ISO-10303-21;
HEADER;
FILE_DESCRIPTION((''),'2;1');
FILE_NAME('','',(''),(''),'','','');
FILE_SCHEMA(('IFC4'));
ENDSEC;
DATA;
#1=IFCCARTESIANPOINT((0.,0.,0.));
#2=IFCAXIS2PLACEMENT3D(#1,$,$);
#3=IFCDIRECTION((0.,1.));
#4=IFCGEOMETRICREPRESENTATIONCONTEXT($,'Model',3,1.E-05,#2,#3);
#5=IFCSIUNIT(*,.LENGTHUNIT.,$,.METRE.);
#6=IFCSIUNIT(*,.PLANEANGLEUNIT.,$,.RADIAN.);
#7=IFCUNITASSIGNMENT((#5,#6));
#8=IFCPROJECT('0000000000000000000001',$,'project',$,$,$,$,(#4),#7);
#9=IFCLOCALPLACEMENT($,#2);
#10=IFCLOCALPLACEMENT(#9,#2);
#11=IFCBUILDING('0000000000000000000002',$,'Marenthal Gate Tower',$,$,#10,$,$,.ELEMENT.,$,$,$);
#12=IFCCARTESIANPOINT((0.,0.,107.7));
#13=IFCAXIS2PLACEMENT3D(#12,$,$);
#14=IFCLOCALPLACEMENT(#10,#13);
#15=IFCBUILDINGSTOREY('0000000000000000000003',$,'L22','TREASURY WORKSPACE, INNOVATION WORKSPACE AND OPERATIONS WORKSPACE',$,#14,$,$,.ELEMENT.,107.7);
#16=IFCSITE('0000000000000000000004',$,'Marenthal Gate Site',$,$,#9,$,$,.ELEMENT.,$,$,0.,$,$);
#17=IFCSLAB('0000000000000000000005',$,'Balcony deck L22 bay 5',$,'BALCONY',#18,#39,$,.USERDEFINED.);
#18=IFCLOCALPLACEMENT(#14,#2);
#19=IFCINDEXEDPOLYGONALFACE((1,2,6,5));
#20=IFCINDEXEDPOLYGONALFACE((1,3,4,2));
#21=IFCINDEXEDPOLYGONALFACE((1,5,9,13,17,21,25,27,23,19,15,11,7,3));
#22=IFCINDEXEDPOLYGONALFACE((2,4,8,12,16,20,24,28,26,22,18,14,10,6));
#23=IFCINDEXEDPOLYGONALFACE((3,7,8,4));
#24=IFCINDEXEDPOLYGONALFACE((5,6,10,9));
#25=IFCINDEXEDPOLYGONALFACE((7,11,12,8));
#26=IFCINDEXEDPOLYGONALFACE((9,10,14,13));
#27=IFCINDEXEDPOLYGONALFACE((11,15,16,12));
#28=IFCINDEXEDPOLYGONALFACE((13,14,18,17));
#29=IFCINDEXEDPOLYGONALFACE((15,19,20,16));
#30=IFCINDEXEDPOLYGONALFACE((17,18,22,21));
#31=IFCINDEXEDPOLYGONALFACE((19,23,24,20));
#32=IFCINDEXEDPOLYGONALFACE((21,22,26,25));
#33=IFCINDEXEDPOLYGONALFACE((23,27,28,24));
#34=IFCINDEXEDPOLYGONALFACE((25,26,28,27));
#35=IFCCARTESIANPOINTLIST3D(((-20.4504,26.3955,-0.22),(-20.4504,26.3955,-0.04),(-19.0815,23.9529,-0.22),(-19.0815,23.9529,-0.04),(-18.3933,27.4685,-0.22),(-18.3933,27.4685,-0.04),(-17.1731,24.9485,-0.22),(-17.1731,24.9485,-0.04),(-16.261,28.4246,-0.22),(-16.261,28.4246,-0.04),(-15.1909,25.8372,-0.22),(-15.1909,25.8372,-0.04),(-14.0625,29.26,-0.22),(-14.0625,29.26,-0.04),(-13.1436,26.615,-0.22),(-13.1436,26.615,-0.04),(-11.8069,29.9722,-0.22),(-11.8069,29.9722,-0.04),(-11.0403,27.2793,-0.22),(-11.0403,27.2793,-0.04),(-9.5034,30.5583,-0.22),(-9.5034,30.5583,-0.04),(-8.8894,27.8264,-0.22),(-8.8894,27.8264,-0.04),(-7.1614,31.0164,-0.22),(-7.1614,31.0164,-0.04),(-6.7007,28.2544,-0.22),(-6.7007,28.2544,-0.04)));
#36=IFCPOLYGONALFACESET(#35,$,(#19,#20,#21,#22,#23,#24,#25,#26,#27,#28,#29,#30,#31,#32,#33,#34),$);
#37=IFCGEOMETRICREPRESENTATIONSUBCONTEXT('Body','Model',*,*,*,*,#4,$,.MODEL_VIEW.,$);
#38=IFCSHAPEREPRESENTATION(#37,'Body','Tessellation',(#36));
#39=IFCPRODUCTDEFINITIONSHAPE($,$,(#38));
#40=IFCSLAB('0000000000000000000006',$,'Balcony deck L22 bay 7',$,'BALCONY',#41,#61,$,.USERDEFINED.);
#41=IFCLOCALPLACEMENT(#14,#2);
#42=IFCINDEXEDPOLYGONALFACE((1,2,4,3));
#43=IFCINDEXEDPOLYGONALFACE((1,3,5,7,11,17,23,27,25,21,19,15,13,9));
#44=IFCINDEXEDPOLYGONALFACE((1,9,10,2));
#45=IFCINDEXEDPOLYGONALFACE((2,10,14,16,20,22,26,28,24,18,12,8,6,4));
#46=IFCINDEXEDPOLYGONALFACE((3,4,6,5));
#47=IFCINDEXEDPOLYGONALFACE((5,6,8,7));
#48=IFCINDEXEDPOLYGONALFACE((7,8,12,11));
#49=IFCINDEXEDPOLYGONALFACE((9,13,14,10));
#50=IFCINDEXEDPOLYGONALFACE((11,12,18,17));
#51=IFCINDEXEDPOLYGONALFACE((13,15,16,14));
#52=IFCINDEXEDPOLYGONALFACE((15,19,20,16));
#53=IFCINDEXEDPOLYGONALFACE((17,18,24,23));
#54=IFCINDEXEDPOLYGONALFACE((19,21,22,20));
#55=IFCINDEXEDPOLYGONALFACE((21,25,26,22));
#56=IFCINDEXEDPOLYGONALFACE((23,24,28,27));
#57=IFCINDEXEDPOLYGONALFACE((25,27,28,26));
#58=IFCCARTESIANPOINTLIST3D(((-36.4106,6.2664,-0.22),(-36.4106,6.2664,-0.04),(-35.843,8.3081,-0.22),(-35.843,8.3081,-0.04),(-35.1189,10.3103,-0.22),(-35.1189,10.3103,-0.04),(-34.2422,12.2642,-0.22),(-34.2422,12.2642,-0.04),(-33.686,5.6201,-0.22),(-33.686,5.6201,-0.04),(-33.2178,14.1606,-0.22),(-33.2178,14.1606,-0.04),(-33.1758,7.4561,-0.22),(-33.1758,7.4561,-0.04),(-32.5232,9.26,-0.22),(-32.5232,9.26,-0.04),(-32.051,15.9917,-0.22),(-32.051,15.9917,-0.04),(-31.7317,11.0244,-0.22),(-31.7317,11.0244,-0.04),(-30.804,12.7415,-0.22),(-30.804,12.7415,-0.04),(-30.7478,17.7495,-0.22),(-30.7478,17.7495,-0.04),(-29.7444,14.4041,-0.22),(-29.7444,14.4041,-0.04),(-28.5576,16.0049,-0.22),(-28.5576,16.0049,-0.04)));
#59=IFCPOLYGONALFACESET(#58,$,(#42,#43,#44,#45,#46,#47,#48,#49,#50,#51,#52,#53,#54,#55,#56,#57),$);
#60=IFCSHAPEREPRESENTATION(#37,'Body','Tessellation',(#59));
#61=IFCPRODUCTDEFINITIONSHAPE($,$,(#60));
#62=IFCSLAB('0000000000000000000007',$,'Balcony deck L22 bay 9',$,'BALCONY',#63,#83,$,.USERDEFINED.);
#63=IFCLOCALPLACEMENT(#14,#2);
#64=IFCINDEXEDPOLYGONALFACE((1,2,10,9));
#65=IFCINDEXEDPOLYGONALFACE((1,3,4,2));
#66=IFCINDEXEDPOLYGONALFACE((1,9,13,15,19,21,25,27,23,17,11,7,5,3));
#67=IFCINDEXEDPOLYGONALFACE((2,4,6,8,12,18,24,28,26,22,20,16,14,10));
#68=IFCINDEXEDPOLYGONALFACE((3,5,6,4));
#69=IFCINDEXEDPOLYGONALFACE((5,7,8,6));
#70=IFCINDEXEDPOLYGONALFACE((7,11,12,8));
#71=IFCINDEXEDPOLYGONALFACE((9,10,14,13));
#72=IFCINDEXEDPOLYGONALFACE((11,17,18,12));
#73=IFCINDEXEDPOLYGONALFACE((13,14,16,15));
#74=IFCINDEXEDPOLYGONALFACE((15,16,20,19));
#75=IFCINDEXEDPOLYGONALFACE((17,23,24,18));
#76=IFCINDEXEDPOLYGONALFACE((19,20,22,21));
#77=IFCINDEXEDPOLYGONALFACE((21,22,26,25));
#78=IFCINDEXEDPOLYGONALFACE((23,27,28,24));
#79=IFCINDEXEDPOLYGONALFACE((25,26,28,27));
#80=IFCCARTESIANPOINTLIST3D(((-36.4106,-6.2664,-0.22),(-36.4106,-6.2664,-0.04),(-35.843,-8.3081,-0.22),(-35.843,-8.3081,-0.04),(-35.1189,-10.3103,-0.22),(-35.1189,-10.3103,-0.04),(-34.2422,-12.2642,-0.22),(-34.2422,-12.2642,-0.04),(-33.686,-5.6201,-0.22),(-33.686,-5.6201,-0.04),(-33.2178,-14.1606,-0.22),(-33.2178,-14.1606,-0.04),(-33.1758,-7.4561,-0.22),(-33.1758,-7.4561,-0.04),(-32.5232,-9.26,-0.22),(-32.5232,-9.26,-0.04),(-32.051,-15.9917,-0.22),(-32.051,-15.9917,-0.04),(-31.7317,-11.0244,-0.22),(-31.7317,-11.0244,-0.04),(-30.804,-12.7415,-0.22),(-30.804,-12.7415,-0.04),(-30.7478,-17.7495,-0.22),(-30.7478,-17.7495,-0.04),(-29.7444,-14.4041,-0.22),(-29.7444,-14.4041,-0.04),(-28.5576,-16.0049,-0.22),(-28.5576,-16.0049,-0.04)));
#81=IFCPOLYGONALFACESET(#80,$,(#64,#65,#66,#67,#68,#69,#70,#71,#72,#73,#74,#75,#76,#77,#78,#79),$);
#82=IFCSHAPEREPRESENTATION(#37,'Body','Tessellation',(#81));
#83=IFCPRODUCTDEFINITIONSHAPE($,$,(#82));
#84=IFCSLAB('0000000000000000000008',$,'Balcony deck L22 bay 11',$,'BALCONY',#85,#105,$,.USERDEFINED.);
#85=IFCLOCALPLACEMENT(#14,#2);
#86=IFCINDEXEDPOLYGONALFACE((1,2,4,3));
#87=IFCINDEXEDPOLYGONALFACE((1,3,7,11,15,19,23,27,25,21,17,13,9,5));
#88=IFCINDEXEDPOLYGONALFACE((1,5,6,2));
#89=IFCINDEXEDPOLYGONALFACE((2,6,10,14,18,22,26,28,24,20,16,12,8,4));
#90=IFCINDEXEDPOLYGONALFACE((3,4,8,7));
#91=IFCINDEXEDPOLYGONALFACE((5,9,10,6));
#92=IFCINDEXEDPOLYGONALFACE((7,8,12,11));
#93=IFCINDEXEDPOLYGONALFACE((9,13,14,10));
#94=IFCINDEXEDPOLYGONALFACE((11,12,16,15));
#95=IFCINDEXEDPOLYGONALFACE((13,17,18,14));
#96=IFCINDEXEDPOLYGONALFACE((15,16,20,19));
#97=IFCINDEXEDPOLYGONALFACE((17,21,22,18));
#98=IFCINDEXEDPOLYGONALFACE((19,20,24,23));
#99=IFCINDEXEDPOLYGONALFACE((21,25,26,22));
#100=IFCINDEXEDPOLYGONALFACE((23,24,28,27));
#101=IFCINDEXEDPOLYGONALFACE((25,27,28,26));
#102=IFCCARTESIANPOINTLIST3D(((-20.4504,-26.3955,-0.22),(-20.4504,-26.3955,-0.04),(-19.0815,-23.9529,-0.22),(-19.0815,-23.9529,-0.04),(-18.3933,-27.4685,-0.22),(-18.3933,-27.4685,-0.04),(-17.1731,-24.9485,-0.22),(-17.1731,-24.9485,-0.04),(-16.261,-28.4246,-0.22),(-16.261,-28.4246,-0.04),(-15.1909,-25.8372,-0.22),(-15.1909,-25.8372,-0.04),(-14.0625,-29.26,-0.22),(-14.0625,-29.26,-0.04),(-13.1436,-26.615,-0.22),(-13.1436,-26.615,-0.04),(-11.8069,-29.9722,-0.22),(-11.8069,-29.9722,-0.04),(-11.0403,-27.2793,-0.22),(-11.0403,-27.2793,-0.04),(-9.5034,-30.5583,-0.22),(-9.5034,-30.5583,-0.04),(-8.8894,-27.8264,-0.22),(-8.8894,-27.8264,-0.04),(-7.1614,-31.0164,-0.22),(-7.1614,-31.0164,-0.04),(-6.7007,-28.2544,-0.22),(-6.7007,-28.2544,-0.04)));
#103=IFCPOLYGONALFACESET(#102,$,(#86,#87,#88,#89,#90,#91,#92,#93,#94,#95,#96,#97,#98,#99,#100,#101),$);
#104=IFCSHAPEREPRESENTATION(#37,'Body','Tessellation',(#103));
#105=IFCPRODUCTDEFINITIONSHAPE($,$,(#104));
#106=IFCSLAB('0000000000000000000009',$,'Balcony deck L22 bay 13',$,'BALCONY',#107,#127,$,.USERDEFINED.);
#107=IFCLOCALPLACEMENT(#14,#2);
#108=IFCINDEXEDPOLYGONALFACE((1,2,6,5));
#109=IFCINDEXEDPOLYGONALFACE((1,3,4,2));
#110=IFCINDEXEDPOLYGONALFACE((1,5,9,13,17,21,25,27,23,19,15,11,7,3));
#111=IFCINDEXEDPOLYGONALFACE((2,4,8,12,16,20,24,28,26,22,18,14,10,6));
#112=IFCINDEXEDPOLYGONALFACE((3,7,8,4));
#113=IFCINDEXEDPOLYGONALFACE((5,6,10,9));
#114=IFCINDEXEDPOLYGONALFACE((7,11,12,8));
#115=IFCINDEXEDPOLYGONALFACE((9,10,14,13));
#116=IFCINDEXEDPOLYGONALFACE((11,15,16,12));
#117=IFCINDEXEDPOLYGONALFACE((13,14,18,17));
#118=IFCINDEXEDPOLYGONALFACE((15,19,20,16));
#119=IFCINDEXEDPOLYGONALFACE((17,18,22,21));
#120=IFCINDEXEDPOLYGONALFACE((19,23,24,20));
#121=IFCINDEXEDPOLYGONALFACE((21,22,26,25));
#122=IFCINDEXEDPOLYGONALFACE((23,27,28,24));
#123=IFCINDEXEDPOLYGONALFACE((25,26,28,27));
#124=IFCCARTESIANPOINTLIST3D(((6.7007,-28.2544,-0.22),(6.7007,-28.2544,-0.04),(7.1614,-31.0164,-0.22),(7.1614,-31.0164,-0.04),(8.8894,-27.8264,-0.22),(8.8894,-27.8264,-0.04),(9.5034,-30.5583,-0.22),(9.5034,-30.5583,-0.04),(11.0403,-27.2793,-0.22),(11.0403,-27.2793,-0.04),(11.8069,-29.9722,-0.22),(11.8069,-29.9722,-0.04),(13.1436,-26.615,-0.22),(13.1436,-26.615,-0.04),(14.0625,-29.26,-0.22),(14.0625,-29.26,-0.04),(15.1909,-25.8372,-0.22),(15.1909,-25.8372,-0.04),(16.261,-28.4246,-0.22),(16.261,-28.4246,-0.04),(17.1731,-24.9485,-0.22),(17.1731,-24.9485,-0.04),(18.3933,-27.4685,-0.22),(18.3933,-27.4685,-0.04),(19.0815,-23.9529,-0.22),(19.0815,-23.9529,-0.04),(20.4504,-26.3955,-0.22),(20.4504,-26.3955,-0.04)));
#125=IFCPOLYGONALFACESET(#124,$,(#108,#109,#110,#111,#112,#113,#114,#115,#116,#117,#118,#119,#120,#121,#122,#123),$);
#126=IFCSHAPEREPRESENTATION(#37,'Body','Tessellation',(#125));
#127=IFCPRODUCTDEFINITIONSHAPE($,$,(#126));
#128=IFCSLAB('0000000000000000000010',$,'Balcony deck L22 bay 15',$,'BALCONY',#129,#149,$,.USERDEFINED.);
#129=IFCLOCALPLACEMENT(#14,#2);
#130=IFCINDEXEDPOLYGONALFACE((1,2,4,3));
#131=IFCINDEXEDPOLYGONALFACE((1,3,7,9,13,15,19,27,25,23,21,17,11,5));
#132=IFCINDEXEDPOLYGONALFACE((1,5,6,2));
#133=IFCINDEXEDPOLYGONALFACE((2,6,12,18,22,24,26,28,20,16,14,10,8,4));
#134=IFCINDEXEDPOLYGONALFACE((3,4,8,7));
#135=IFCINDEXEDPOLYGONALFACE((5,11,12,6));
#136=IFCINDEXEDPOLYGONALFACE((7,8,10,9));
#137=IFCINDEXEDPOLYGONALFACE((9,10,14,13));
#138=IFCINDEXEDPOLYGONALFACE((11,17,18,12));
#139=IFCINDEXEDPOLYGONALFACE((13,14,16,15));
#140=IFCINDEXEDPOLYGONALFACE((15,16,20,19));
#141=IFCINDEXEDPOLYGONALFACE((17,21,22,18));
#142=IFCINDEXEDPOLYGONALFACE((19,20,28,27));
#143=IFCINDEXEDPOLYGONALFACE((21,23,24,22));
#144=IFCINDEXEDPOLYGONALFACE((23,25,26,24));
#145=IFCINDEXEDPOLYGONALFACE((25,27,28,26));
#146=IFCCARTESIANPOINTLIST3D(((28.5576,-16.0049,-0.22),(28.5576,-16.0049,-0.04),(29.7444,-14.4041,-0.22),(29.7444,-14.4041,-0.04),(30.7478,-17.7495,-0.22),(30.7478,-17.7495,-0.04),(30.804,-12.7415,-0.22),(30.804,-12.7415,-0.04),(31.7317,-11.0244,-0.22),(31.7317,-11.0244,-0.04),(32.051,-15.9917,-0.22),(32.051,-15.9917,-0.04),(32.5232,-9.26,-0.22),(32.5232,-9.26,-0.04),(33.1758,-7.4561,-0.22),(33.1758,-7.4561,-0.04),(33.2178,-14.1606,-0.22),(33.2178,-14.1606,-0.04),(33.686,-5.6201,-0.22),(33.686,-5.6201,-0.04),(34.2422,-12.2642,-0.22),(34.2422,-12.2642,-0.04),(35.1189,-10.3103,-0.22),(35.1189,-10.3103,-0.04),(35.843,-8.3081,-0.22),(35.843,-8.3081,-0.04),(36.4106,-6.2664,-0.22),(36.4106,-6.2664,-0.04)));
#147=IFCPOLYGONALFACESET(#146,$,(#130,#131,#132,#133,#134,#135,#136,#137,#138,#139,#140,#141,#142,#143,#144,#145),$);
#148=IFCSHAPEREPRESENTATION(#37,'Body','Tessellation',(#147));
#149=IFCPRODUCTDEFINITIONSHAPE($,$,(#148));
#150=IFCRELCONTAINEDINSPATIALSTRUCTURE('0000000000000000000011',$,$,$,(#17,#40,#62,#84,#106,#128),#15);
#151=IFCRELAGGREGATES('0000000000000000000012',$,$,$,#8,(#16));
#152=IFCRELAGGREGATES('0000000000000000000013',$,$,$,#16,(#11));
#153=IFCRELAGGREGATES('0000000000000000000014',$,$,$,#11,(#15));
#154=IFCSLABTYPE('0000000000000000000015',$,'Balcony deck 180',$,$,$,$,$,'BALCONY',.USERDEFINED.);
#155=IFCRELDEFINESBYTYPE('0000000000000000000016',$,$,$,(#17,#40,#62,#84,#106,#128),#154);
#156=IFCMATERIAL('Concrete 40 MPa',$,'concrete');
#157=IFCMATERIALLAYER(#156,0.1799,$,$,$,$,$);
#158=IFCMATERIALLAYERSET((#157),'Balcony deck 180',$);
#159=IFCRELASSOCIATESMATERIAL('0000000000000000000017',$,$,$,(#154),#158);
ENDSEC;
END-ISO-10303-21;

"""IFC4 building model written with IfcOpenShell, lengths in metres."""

from ifc_helpers import new_model, si_unit, direction, frame, origin, place, context, subcontext, project, spatial, polyline, outline, extrude, material, layer, layer_set, type_object, element, save


model = new_model("IFC4")

# Units and contexts
model_context = context("Model", 3, precision=1e-05, world=origin(), true_north=direction((0.0, 1.0)))
body_context = subcontext(model_context, "Body", "Model", "MODEL_VIEW")
ifc_project = project(units=[si_unit("LENGTHUNIT", "METRE"), si_unit("PLANEANGLEUNIT", "RADIAN")], contexts=[model_context])

# Site, building, storey
site_placement = place(None, origin())
site = spatial("IfcSite", under=ifc_project, at=site_placement, Name="Marenthal Gate Site", CompositionType="ELEMENT", RefElevation=0.0)
building_placement = place(site_placement, origin())
building = spatial("IfcBuilding", under=site, at=building_placement, Name="Marenthal Gate Tower", CompositionType="ELEMENT")
storey_placement = place(building_placement, frame((0.0, 0.0, 107.7)))
storey = spatial("IfcBuildingStorey", under=building, at=storey_placement, Name="L22", Description="TREASURY WORKSPACE, INNOVATION WORKSPACE AND OPERATIONS WORKSPACE", CompositionType="ELEMENT", Elevation=107.7)

# Slabs
ifc_material_1 = material(Name="Concrete 40 MPa", Category="concrete")
ifc_layer_1 = layer(ifc_material_1, 0.1799)
ifc_layer_set_1 = layer_set([ifc_layer_1], Name="Balcony deck 180")
slab_type_1 = type_object("IfcSlabType", Name="Balcony deck 180", ElementType="BALCONY", PredefinedType="USERDEFINED", material=ifc_layer_set_1)
slab_1_placement = place(storey_placement, frame((0.0, 0.0, -0.22)))
element("IfcSlab", 1, at=slab_1_placement, inside=storey, type_object=slab_type_1, Name="Balcony deck L22 bay 5", ObjectType="BALCONY", PredefinedType="USERDEFINED", context=body_context, shape_type="SweptSolid", body=[
    extrude(outline(polyline([(-6.7007, 28.2544), (-8.8894, 27.8264), (-11.0403, 27.2793), (-13.1436, 26.615), (-15.1909, 25.8372), (-17.1731, 24.9485), (-19.0815, 23.9529), (-20.4504, 26.3955), (-18.3933, 27.4685), (-16.261, 28.4246), (-14.0625, 29.26), (-11.8069, 29.9722), (-9.5034, 30.5583), (-7.1614, 31.0164), (-6.7007, 28.2544)])), origin(), (0.0, 0.0, 1.0), 0.1799),
])
slab_2_placement = place(storey_placement, frame((0.0, 0.0, -0.22)))
element("IfcSlab", 2, at=slab_2_placement, inside=storey, type_object=slab_type_1, Name="Balcony deck L22 bay 7", ObjectType="BALCONY", PredefinedType="USERDEFINED", context=body_context, shape_type="SweptSolid", body=[
    extrude(outline(polyline([(-28.5576, 16.0049), (-29.7444, 14.4041), (-30.804, 12.7415), (-31.7317, 11.0244), (-32.5232, 9.26), (-33.1758, 7.4561), (-33.686, 5.6201), (-36.4106, 6.2664), (-35.843, 8.3081), (-35.1189, 10.3103), (-34.2422, 12.2642), (-33.2178, 14.1606), (-32.051, 15.9917), (-30.7478, 17.7495), (-28.5576, 16.0049)])), origin(), (0.0, 0.0, 1.0), 0.1799),
])
slab_3_placement = place(storey_placement, frame((0.0, 0.0, -0.22)))
element("IfcSlab", 3, at=slab_3_placement, inside=storey, type_object=slab_type_1, Name="Balcony deck L22 bay 9", ObjectType="BALCONY", PredefinedType="USERDEFINED", context=body_context, shape_type="SweptSolid", body=[
    extrude(outline(polyline([(-33.686, -5.6201), (-33.1758, -7.4561), (-32.5232, -9.26), (-31.7317, -11.0244), (-30.804, -12.7415), (-29.7444, -14.4041), (-28.5576, -16.0049), (-30.7478, -17.7495), (-32.051, -15.9917), (-33.2178, -14.1606), (-34.2422, -12.2642), (-35.1189, -10.3103), (-35.843, -8.3081), (-36.4106, -6.2664), (-33.686, -5.6201)])), origin(), (0.0, 0.0, 1.0), 0.1799),
])
slab_4_placement = place(storey_placement, frame((0.0, 0.0, -0.22)))
element("IfcSlab", 4, at=slab_4_placement, inside=storey, type_object=slab_type_1, Name="Balcony deck L22 bay 11", ObjectType="BALCONY", PredefinedType="USERDEFINED", context=body_context, shape_type="SweptSolid", body=[
    extrude(outline(polyline([(-19.0815, -23.9529), (-17.1731, -24.9485), (-15.1909, -25.8372), (-13.1436, -26.615), (-11.0403, -27.2793), (-8.8894, -27.8264), (-6.7007, -28.2544), (-7.1614, -31.0164), (-9.5034, -30.5583), (-11.8069, -29.9722), (-14.0625, -29.26), (-16.261, -28.4246), (-18.3933, -27.4685), (-20.4504, -26.3955), (-19.0815, -23.9529)])), origin(), (0.0, 0.0, 1.0), 0.1799),
])
slab_5_placement = place(storey_placement, frame((0.0, 0.0, -0.22)))
element("IfcSlab", 5, at=slab_5_placement, inside=storey, type_object=slab_type_1, Name="Balcony deck L22 bay 13", ObjectType="BALCONY", PredefinedType="USERDEFINED", context=body_context, shape_type="SweptSolid", body=[
    extrude(outline(polyline([(6.7007, -28.2544), (8.8894, -27.8264), (11.0403, -27.2793), (13.1436, -26.615), (15.1909, -25.8372), (17.1731, -24.9485), (19.0815, -23.9529), (20.4504, -26.3955), (18.3933, -27.4685), (16.261, -28.4246), (14.0625, -29.26), (11.8069, -29.9722), (9.5034, -30.5583), (7.1614, -31.0164), (6.7007, -28.2544)])), origin(), (0.0, 0.0, 1.0), 0.1799),
])
slab_6_placement = place(storey_placement, frame((0.0, 0.0, -0.22)))
element("IfcSlab", 6, at=slab_6_placement, inside=storey, type_object=slab_type_1, Name="Balcony deck L22 bay 15", ObjectType="BALCONY", PredefinedType="USERDEFINED", context=body_context, shape_type="SweptSolid", body=[
    extrude(outline(polyline([(28.5576, -16.0049), (29.7444, -14.4041), (30.804, -12.7415), (31.7317, -11.0244), (32.5232, -9.26), (33.1758, -7.4561), (33.686, -5.6201), (36.4106, -6.2664), (35.843, -8.3081), (35.1189, -10.3103), (34.2422, -12.2642), (33.2178, -14.1606), (32.051, -15.9917), (30.7478, -17.7495), (28.5576, -16.0049)])), origin(), (0.0, 0.0, 1.0), 0.1799),
])

save(model, "model.ifc")
